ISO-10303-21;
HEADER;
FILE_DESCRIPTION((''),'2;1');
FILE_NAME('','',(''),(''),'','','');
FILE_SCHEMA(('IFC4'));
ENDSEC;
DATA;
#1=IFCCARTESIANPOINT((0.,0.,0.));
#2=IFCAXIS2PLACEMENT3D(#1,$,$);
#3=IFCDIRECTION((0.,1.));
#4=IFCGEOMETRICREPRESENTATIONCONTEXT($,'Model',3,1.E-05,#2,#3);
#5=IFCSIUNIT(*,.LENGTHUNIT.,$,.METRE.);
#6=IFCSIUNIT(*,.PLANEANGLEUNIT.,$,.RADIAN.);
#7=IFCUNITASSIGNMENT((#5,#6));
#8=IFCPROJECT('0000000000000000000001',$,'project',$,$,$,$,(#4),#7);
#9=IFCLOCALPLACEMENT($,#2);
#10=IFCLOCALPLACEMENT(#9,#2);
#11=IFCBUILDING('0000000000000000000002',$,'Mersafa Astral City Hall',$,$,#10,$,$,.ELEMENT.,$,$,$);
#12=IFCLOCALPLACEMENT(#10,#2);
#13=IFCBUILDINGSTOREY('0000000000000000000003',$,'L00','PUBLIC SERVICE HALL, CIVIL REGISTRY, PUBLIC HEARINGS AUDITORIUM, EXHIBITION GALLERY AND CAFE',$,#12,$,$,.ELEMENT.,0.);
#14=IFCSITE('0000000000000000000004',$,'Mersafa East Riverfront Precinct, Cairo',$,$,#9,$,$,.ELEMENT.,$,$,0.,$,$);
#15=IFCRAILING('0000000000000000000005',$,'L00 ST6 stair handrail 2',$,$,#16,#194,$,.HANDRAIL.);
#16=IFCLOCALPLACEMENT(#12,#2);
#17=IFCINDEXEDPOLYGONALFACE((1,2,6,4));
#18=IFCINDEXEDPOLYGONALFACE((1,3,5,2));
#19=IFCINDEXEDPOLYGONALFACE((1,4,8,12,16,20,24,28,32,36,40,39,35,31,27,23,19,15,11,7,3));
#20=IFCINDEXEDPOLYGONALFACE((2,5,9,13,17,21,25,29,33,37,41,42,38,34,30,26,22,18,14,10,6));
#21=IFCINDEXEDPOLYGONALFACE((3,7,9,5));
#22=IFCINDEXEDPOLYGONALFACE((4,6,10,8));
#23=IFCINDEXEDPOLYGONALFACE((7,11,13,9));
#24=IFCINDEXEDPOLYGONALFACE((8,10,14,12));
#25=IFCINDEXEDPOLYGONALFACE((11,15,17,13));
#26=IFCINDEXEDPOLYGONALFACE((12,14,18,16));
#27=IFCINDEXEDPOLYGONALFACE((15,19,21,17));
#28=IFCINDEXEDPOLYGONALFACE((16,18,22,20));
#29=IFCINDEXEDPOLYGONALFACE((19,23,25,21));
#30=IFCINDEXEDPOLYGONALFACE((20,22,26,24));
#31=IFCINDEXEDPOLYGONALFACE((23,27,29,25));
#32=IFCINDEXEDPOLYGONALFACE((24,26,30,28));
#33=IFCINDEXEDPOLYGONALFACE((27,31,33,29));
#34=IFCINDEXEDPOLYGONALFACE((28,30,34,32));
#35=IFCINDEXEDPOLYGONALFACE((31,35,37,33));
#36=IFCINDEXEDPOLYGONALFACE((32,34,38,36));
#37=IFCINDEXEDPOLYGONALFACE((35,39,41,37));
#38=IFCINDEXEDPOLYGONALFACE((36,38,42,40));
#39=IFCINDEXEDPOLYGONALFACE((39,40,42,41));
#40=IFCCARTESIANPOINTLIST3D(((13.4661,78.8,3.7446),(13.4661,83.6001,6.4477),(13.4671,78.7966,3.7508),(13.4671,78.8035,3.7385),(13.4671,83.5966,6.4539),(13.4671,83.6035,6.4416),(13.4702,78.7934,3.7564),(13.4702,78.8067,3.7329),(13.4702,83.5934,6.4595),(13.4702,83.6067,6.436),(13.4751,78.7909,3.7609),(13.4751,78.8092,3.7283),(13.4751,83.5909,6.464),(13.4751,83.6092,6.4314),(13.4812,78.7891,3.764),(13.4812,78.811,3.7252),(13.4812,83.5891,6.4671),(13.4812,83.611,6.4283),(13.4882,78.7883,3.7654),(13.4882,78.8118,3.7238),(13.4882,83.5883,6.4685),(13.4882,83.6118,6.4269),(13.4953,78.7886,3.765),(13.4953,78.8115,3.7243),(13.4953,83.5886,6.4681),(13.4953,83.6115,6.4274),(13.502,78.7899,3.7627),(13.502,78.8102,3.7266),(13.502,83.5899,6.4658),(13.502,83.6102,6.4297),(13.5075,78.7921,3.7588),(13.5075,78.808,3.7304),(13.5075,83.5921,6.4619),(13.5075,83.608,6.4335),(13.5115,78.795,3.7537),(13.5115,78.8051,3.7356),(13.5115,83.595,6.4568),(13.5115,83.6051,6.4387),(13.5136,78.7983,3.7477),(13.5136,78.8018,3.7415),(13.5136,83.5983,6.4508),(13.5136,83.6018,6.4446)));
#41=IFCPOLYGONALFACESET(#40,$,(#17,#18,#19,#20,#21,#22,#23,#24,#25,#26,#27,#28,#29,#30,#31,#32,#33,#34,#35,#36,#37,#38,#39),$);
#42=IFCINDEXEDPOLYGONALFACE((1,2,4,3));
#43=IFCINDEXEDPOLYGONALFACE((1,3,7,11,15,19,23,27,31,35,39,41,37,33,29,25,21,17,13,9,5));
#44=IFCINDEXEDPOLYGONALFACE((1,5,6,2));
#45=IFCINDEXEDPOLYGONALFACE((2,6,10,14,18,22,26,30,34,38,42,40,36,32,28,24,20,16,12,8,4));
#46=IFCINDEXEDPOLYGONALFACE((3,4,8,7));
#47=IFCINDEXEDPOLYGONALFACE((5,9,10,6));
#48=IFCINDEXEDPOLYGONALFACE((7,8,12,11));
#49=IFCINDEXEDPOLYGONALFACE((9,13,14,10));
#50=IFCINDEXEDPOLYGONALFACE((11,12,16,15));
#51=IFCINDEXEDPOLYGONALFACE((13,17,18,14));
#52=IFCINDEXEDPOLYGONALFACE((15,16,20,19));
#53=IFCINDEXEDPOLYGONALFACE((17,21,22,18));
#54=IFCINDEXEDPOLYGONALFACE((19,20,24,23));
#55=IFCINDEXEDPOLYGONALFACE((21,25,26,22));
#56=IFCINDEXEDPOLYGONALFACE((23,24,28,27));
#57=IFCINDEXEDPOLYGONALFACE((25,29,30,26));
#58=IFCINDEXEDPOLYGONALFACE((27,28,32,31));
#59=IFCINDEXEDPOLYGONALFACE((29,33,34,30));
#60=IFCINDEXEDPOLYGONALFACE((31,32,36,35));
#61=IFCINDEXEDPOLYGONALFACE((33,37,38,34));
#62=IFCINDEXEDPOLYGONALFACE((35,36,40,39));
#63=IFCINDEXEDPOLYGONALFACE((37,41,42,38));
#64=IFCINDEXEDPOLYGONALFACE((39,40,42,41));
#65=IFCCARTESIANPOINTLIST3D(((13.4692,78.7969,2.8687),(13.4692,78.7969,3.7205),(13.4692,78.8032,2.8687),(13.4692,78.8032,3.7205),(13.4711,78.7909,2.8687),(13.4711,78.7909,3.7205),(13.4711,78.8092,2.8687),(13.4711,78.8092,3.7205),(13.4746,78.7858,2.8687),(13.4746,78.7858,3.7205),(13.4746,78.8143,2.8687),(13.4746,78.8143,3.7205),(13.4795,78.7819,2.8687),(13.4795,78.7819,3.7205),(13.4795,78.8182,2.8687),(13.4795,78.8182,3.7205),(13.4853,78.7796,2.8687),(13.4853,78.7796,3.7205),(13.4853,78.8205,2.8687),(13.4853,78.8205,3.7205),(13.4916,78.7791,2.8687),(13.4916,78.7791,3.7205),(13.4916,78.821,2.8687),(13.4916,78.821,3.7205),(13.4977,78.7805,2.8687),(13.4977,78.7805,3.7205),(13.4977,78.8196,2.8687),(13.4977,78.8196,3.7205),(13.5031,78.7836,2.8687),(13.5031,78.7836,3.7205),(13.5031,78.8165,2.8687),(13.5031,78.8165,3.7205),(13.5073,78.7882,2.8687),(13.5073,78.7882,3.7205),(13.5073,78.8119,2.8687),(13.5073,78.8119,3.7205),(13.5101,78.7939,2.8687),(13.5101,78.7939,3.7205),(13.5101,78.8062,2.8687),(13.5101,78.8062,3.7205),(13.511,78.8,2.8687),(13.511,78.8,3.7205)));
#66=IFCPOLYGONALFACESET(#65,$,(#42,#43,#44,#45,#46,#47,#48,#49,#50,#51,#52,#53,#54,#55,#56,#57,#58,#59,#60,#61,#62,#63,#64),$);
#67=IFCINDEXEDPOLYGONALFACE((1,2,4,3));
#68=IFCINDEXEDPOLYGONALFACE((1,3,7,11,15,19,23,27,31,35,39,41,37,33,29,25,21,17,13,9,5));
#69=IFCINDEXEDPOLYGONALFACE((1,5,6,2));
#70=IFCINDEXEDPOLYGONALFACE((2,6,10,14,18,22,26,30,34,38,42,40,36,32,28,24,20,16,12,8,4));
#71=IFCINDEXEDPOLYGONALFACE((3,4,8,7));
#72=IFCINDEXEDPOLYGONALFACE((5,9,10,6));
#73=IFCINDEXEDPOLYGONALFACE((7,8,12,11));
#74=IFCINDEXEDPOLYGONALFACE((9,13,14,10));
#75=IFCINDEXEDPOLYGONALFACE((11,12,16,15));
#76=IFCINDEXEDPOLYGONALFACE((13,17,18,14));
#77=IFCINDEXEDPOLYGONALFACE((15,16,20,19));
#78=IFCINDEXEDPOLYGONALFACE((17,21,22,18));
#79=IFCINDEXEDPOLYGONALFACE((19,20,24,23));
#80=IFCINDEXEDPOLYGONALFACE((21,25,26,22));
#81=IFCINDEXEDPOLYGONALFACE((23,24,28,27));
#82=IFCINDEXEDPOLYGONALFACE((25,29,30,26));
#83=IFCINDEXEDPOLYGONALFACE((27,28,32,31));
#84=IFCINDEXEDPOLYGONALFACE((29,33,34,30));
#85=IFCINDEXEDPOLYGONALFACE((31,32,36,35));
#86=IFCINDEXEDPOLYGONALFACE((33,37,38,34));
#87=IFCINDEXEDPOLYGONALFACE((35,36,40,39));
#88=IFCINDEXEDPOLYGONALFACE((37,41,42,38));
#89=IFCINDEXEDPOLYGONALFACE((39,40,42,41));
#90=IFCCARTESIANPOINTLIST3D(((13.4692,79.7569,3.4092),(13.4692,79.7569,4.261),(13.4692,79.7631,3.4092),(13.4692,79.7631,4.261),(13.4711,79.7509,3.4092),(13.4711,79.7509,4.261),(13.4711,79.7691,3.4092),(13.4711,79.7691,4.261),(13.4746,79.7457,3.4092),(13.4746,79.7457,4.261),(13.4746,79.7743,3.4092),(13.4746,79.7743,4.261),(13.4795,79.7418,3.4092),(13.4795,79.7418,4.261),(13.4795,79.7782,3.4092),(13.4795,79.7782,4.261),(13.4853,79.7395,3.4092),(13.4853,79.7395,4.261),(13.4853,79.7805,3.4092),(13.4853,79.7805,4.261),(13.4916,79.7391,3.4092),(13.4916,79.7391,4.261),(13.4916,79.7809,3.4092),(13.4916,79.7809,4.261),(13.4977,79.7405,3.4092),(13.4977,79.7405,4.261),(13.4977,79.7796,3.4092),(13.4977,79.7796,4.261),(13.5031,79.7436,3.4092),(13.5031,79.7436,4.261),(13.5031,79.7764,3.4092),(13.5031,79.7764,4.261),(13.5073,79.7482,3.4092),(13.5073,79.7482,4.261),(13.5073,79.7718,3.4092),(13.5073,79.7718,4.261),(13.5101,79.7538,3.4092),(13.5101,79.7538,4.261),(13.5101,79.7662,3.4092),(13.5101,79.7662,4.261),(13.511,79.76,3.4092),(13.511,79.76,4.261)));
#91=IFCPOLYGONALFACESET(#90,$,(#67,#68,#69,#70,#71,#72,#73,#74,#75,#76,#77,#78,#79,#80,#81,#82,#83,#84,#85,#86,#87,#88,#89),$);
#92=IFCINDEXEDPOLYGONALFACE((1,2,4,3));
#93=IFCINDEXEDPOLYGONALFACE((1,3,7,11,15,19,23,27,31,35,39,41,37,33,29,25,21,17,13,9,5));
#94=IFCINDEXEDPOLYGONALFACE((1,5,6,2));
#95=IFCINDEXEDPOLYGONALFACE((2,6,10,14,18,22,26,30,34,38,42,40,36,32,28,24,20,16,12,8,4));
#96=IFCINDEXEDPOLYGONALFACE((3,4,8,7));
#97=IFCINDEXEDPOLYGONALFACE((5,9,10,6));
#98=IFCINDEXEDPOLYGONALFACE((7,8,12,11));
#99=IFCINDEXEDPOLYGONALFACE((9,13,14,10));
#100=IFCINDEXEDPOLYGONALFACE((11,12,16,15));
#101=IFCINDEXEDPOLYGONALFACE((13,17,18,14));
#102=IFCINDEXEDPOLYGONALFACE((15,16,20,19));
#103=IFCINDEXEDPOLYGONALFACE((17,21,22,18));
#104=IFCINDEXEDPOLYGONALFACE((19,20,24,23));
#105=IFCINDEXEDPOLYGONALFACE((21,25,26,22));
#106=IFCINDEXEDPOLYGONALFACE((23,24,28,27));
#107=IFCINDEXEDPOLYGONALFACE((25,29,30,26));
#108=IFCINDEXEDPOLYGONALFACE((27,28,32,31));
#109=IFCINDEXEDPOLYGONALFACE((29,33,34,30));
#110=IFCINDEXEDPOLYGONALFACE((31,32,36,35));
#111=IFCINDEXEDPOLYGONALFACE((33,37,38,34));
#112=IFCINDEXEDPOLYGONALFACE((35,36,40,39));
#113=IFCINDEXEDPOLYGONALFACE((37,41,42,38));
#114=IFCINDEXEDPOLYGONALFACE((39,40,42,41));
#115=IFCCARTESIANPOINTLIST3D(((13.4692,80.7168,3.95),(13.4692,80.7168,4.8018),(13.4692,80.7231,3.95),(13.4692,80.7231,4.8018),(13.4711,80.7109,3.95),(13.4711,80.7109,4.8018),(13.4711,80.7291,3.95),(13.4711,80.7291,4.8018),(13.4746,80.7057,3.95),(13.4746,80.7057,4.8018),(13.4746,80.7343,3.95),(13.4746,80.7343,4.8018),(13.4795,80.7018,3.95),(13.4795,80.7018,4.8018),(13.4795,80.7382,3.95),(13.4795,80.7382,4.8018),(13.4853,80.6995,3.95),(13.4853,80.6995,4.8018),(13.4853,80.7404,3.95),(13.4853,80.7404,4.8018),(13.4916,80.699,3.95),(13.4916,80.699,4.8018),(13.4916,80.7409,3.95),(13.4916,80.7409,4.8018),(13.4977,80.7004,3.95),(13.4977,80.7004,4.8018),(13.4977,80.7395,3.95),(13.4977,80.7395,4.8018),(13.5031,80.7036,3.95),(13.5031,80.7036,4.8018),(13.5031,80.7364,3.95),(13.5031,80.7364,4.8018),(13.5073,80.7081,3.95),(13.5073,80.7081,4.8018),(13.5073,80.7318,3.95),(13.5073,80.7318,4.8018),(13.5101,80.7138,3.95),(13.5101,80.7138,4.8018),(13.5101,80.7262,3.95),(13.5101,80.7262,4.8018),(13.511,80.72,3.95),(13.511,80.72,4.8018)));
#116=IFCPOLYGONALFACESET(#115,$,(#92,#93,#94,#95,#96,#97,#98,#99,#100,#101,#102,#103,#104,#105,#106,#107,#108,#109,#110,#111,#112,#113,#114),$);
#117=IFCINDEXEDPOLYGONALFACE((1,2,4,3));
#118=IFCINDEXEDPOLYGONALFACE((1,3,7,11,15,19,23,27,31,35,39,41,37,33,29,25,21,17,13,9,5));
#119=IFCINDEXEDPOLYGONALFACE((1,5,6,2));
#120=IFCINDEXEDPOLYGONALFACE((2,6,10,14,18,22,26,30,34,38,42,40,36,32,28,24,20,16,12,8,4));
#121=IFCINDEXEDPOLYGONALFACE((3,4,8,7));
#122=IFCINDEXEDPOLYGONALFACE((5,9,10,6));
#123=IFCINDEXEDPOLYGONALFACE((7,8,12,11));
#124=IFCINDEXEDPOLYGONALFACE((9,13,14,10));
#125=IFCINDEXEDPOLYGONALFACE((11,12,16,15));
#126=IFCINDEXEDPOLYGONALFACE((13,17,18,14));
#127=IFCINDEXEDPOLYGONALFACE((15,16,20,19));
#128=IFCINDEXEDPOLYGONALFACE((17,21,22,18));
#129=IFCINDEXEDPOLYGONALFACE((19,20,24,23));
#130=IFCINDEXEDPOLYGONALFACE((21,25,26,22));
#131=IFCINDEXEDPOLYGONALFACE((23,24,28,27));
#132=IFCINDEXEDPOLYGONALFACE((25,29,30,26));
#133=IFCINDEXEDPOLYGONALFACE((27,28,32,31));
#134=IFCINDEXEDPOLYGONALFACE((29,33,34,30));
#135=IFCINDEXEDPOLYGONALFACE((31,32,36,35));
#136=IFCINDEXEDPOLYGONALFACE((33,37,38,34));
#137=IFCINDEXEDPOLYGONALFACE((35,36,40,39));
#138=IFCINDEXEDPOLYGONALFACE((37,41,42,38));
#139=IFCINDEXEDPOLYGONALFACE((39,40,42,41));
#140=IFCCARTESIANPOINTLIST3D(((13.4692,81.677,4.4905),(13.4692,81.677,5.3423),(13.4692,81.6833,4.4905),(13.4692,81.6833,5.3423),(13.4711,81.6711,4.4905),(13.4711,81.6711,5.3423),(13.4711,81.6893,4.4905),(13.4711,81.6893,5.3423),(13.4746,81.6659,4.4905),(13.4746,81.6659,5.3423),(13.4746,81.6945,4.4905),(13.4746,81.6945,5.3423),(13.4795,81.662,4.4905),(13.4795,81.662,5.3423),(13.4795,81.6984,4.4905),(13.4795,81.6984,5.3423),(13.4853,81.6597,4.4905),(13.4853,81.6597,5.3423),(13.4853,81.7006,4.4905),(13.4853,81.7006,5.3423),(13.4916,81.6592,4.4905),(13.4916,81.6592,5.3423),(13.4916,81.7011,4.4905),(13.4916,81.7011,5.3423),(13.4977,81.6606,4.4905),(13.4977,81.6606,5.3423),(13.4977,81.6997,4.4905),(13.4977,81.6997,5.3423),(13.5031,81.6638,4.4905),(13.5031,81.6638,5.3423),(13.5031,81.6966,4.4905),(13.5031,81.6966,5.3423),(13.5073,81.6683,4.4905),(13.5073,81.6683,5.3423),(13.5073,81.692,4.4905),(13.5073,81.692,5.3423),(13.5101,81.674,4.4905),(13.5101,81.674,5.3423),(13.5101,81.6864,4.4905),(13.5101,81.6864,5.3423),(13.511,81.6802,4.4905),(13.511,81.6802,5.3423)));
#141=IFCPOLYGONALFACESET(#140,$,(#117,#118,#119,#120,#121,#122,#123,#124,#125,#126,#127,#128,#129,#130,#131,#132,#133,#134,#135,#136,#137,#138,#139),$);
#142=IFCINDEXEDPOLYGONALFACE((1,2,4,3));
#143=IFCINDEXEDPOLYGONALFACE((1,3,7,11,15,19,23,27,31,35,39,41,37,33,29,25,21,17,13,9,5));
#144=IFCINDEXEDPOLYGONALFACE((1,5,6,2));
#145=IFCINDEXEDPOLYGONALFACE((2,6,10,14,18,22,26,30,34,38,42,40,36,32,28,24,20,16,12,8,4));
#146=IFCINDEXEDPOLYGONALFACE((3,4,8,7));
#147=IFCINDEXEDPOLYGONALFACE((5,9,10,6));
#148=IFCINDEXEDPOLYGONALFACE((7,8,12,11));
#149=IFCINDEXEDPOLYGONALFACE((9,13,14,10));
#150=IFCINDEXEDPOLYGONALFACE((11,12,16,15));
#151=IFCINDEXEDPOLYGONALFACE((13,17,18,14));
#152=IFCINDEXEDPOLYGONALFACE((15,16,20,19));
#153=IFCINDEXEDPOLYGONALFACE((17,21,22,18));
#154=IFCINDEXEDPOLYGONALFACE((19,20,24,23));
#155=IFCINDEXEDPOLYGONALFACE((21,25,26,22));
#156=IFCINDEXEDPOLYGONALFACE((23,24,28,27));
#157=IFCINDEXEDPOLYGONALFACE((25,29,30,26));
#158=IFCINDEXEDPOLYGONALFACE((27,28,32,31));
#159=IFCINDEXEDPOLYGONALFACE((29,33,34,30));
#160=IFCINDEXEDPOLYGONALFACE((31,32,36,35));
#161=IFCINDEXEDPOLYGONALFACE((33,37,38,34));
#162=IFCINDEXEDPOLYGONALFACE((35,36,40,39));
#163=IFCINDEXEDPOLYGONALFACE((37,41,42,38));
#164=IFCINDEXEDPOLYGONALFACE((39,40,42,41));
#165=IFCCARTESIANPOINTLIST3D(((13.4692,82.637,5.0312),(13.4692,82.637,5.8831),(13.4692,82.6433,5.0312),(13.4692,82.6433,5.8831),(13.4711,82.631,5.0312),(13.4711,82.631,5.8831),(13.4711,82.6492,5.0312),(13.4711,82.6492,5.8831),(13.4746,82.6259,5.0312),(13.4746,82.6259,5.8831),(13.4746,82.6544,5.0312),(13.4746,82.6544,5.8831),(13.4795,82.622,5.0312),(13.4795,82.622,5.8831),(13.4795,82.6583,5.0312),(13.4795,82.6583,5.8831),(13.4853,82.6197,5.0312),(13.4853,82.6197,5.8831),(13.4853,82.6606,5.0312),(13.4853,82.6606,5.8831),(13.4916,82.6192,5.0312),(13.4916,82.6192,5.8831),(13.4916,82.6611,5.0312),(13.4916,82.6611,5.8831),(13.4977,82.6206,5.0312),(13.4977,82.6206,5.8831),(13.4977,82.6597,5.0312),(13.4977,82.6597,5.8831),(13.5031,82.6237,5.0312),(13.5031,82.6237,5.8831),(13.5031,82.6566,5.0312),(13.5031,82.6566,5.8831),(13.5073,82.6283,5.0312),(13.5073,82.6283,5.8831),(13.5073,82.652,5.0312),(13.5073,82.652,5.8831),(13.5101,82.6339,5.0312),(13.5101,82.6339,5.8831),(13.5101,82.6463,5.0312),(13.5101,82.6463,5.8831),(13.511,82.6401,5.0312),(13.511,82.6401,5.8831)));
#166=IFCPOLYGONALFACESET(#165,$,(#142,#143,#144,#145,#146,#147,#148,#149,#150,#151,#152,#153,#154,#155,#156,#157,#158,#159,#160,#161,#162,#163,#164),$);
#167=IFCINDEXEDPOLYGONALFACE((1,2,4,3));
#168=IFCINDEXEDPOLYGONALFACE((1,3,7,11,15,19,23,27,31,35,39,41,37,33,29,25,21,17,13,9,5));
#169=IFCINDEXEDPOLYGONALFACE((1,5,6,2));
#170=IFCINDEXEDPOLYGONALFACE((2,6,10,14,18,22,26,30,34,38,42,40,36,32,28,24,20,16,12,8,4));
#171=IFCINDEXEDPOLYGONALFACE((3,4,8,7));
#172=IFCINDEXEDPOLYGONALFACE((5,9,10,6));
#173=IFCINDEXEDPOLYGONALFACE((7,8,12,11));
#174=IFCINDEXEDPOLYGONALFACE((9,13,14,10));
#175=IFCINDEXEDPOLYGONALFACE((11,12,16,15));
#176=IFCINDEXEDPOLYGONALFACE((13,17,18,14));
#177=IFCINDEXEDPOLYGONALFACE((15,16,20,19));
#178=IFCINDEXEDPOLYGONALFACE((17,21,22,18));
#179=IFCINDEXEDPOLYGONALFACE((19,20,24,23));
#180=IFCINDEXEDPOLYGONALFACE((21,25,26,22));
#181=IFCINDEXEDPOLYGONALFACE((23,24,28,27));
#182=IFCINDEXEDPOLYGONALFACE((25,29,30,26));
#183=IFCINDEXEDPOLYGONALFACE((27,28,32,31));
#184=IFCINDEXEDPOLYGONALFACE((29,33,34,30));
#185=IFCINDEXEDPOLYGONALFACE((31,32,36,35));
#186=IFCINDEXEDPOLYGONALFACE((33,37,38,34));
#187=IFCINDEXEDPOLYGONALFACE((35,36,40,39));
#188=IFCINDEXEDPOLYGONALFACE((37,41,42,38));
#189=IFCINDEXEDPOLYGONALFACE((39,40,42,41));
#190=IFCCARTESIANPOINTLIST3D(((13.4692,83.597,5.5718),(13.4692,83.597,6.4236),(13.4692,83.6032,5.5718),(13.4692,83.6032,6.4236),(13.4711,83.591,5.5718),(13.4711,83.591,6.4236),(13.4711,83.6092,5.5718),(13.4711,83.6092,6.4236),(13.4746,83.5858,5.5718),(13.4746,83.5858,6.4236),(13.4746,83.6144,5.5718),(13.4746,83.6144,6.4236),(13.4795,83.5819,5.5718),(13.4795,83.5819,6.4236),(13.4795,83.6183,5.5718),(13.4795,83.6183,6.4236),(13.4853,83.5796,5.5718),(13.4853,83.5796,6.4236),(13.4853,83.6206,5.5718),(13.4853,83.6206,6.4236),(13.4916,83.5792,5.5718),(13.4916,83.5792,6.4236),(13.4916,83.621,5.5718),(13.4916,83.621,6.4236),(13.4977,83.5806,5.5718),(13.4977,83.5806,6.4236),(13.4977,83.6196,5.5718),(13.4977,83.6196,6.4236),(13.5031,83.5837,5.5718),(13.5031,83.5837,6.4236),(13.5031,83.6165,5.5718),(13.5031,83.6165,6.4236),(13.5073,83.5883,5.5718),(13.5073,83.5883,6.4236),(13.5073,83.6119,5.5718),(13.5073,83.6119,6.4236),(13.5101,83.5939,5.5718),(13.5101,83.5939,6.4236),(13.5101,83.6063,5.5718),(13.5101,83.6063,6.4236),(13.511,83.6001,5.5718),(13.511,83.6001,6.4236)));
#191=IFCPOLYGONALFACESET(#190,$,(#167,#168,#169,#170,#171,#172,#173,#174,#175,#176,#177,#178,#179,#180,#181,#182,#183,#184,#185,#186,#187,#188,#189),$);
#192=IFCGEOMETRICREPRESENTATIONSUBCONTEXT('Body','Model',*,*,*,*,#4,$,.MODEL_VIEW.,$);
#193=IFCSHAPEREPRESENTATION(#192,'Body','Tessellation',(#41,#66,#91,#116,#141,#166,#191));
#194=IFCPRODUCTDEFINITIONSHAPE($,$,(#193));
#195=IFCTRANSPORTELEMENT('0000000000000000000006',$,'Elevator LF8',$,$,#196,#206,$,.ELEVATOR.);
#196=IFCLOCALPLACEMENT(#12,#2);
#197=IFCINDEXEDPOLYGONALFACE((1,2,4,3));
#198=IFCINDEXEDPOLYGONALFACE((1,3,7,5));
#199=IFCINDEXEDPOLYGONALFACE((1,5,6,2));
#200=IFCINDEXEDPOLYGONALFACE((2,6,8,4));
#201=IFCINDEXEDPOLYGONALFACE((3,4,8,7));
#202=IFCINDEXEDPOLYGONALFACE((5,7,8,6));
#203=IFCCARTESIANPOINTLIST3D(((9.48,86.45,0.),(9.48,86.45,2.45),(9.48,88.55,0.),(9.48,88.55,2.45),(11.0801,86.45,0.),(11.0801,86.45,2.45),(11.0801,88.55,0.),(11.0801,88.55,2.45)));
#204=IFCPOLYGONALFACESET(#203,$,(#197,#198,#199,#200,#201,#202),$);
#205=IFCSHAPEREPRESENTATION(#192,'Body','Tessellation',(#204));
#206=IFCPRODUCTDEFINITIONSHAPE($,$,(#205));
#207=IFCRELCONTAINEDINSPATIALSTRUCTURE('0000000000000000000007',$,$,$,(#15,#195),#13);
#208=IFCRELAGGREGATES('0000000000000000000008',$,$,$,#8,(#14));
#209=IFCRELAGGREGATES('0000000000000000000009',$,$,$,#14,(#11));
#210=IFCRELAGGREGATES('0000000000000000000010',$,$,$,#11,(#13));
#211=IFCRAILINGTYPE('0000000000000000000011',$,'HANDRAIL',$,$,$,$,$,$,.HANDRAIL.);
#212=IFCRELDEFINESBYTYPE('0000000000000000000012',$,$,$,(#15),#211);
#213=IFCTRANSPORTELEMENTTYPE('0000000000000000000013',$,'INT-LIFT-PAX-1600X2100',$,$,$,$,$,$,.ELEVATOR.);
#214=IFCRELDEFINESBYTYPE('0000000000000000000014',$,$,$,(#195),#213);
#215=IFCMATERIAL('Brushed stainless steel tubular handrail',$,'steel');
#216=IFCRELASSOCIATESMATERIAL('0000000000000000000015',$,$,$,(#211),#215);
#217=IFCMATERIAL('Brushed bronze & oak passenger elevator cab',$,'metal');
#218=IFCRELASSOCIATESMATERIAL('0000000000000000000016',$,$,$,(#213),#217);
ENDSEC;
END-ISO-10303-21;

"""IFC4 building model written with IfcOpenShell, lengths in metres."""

from ifc_helpers import new_model, si_unit, direction, frame, origin, origin_2d, place, context, subcontext, project, spatial, rectangle, circle, extrude, material, type_object, element, save


model = new_model("IFC4")

# Units and contexts
model_context = context("Model", 3, precision=1e-05, world=origin(), true_north=direction((0.0, 1.0)))
body_context = subcontext(model_context, "Body", "Model", "MODEL_VIEW")
ifc_project = project(units=[si_unit("LENGTHUNIT", "METRE"), si_unit("PLANEANGLEUNIT", "RADIAN")], contexts=[model_context])

# Site, building, storey
site_placement = place(None, origin())
site = spatial("IfcSite", under=ifc_project, at=site_placement, Name="Mersafa East Riverfront Precinct, Cairo", CompositionType="ELEMENT", RefElevation=0.0)
building_placement = place(site_placement, origin())
building = spatial("IfcBuilding", under=site, at=building_placement, Name="Mersafa Astral City Hall", CompositionType="ELEMENT")
storey_placement = place(building_placement, origin())
storey = spatial("IfcBuildingStorey", under=building, at=storey_placement, Name="L00", Description="PUBLIC SERVICE HALL, CIVIL REGISTRY, PUBLIC HEARINGS AUDITORIUM, EXHIBITION GALLERY AND CAFE", CompositionType="ELEMENT", Elevation=0.0)

# Railing
ifc_material_1 = material(Name="Brushed stainless steel tubular handrail", Category="steel")
railing_type_1 = type_object("IfcRailingType", Name="HANDRAIL", PredefinedType="HANDRAIL", material=ifc_material_1)
railing_1_placement = place(storey_placement, frame((13.49, 78.8, 2.8687)))
element("IfcRailing", 1, at=railing_1_placement, inside=storey, type_object=railing_type_1, Name="L00 ST6 stair handrail 2", PredefinedType="HANDRAIL", context=body_context, shape_type="SweptSolid", body=[
    extrude(circle(Radius=0.0239, at=origin_2d()), frame((0.0, 0.0, 0.876), z_axis=(0.0, 0.871335, 0.490688), x_axis=(-1.0, 0.0, 0.0)), (0.0, 0.0, 1.0), 5.5088),
    extrude(circle(Radius=0.021, at=origin_2d()), origin(), (0.0, 0.0, 1.0), 0.8518),
    extrude(circle(Radius=0.021, at=origin_2d()), frame((0.0, 0.96, 0.5405)), (0.0, 0.0, 1.0), 0.8518),
    extrude(circle(Radius=0.021, at=origin_2d()), frame((0.0, 1.9199, 1.0813)), (0.0, 0.0, 1.0), 0.8518),
    extrude(circle(Radius=0.021, at=origin_2d()), frame((0.0, 2.8801, 1.6218)), (0.0, 0.0, 1.0), 0.8518),
    extrude(circle(Radius=0.021, at=origin_2d()), frame((0.0, 3.8401, 2.1626)), (0.0, 0.0, 1.0), 0.8518),
    extrude(circle(Radius=0.021, at=origin_2d()), frame((0.0, 4.8, 2.7031)), (0.0, 0.0, 1.0), 0.8518),
])

# Transport element
ifc_material_2 = material(Name="Brushed bronze & oak passenger elevator cab", Category="metal")
transport_element_type = type_object("IfcTransportElementType", Name="INT-LIFT-PAX-1600X2100", PredefinedType="ELEVATOR", material=ifc_material_2)
transport_element_placement = place(storey_placement, frame((10.28, 87.5, 0.0), z_axis=(0.0, 0.0, 1.0), x_axis=(1.0, 0.0, 0.0)))
element("IfcTransportElement", 2, at=transport_element_placement, inside=storey, type_object=transport_element_type, Name="Elevator LF8", PredefinedType="ELEVATOR", context=body_context, shape_type="SweptSolid", body=[
    extrude(rectangle(XDim=1.6001, YDim=2.1001, at=origin_2d()), origin(), (0.0, 0.0, 1.0), 2.45),
])

save(model, "model.ifc")
